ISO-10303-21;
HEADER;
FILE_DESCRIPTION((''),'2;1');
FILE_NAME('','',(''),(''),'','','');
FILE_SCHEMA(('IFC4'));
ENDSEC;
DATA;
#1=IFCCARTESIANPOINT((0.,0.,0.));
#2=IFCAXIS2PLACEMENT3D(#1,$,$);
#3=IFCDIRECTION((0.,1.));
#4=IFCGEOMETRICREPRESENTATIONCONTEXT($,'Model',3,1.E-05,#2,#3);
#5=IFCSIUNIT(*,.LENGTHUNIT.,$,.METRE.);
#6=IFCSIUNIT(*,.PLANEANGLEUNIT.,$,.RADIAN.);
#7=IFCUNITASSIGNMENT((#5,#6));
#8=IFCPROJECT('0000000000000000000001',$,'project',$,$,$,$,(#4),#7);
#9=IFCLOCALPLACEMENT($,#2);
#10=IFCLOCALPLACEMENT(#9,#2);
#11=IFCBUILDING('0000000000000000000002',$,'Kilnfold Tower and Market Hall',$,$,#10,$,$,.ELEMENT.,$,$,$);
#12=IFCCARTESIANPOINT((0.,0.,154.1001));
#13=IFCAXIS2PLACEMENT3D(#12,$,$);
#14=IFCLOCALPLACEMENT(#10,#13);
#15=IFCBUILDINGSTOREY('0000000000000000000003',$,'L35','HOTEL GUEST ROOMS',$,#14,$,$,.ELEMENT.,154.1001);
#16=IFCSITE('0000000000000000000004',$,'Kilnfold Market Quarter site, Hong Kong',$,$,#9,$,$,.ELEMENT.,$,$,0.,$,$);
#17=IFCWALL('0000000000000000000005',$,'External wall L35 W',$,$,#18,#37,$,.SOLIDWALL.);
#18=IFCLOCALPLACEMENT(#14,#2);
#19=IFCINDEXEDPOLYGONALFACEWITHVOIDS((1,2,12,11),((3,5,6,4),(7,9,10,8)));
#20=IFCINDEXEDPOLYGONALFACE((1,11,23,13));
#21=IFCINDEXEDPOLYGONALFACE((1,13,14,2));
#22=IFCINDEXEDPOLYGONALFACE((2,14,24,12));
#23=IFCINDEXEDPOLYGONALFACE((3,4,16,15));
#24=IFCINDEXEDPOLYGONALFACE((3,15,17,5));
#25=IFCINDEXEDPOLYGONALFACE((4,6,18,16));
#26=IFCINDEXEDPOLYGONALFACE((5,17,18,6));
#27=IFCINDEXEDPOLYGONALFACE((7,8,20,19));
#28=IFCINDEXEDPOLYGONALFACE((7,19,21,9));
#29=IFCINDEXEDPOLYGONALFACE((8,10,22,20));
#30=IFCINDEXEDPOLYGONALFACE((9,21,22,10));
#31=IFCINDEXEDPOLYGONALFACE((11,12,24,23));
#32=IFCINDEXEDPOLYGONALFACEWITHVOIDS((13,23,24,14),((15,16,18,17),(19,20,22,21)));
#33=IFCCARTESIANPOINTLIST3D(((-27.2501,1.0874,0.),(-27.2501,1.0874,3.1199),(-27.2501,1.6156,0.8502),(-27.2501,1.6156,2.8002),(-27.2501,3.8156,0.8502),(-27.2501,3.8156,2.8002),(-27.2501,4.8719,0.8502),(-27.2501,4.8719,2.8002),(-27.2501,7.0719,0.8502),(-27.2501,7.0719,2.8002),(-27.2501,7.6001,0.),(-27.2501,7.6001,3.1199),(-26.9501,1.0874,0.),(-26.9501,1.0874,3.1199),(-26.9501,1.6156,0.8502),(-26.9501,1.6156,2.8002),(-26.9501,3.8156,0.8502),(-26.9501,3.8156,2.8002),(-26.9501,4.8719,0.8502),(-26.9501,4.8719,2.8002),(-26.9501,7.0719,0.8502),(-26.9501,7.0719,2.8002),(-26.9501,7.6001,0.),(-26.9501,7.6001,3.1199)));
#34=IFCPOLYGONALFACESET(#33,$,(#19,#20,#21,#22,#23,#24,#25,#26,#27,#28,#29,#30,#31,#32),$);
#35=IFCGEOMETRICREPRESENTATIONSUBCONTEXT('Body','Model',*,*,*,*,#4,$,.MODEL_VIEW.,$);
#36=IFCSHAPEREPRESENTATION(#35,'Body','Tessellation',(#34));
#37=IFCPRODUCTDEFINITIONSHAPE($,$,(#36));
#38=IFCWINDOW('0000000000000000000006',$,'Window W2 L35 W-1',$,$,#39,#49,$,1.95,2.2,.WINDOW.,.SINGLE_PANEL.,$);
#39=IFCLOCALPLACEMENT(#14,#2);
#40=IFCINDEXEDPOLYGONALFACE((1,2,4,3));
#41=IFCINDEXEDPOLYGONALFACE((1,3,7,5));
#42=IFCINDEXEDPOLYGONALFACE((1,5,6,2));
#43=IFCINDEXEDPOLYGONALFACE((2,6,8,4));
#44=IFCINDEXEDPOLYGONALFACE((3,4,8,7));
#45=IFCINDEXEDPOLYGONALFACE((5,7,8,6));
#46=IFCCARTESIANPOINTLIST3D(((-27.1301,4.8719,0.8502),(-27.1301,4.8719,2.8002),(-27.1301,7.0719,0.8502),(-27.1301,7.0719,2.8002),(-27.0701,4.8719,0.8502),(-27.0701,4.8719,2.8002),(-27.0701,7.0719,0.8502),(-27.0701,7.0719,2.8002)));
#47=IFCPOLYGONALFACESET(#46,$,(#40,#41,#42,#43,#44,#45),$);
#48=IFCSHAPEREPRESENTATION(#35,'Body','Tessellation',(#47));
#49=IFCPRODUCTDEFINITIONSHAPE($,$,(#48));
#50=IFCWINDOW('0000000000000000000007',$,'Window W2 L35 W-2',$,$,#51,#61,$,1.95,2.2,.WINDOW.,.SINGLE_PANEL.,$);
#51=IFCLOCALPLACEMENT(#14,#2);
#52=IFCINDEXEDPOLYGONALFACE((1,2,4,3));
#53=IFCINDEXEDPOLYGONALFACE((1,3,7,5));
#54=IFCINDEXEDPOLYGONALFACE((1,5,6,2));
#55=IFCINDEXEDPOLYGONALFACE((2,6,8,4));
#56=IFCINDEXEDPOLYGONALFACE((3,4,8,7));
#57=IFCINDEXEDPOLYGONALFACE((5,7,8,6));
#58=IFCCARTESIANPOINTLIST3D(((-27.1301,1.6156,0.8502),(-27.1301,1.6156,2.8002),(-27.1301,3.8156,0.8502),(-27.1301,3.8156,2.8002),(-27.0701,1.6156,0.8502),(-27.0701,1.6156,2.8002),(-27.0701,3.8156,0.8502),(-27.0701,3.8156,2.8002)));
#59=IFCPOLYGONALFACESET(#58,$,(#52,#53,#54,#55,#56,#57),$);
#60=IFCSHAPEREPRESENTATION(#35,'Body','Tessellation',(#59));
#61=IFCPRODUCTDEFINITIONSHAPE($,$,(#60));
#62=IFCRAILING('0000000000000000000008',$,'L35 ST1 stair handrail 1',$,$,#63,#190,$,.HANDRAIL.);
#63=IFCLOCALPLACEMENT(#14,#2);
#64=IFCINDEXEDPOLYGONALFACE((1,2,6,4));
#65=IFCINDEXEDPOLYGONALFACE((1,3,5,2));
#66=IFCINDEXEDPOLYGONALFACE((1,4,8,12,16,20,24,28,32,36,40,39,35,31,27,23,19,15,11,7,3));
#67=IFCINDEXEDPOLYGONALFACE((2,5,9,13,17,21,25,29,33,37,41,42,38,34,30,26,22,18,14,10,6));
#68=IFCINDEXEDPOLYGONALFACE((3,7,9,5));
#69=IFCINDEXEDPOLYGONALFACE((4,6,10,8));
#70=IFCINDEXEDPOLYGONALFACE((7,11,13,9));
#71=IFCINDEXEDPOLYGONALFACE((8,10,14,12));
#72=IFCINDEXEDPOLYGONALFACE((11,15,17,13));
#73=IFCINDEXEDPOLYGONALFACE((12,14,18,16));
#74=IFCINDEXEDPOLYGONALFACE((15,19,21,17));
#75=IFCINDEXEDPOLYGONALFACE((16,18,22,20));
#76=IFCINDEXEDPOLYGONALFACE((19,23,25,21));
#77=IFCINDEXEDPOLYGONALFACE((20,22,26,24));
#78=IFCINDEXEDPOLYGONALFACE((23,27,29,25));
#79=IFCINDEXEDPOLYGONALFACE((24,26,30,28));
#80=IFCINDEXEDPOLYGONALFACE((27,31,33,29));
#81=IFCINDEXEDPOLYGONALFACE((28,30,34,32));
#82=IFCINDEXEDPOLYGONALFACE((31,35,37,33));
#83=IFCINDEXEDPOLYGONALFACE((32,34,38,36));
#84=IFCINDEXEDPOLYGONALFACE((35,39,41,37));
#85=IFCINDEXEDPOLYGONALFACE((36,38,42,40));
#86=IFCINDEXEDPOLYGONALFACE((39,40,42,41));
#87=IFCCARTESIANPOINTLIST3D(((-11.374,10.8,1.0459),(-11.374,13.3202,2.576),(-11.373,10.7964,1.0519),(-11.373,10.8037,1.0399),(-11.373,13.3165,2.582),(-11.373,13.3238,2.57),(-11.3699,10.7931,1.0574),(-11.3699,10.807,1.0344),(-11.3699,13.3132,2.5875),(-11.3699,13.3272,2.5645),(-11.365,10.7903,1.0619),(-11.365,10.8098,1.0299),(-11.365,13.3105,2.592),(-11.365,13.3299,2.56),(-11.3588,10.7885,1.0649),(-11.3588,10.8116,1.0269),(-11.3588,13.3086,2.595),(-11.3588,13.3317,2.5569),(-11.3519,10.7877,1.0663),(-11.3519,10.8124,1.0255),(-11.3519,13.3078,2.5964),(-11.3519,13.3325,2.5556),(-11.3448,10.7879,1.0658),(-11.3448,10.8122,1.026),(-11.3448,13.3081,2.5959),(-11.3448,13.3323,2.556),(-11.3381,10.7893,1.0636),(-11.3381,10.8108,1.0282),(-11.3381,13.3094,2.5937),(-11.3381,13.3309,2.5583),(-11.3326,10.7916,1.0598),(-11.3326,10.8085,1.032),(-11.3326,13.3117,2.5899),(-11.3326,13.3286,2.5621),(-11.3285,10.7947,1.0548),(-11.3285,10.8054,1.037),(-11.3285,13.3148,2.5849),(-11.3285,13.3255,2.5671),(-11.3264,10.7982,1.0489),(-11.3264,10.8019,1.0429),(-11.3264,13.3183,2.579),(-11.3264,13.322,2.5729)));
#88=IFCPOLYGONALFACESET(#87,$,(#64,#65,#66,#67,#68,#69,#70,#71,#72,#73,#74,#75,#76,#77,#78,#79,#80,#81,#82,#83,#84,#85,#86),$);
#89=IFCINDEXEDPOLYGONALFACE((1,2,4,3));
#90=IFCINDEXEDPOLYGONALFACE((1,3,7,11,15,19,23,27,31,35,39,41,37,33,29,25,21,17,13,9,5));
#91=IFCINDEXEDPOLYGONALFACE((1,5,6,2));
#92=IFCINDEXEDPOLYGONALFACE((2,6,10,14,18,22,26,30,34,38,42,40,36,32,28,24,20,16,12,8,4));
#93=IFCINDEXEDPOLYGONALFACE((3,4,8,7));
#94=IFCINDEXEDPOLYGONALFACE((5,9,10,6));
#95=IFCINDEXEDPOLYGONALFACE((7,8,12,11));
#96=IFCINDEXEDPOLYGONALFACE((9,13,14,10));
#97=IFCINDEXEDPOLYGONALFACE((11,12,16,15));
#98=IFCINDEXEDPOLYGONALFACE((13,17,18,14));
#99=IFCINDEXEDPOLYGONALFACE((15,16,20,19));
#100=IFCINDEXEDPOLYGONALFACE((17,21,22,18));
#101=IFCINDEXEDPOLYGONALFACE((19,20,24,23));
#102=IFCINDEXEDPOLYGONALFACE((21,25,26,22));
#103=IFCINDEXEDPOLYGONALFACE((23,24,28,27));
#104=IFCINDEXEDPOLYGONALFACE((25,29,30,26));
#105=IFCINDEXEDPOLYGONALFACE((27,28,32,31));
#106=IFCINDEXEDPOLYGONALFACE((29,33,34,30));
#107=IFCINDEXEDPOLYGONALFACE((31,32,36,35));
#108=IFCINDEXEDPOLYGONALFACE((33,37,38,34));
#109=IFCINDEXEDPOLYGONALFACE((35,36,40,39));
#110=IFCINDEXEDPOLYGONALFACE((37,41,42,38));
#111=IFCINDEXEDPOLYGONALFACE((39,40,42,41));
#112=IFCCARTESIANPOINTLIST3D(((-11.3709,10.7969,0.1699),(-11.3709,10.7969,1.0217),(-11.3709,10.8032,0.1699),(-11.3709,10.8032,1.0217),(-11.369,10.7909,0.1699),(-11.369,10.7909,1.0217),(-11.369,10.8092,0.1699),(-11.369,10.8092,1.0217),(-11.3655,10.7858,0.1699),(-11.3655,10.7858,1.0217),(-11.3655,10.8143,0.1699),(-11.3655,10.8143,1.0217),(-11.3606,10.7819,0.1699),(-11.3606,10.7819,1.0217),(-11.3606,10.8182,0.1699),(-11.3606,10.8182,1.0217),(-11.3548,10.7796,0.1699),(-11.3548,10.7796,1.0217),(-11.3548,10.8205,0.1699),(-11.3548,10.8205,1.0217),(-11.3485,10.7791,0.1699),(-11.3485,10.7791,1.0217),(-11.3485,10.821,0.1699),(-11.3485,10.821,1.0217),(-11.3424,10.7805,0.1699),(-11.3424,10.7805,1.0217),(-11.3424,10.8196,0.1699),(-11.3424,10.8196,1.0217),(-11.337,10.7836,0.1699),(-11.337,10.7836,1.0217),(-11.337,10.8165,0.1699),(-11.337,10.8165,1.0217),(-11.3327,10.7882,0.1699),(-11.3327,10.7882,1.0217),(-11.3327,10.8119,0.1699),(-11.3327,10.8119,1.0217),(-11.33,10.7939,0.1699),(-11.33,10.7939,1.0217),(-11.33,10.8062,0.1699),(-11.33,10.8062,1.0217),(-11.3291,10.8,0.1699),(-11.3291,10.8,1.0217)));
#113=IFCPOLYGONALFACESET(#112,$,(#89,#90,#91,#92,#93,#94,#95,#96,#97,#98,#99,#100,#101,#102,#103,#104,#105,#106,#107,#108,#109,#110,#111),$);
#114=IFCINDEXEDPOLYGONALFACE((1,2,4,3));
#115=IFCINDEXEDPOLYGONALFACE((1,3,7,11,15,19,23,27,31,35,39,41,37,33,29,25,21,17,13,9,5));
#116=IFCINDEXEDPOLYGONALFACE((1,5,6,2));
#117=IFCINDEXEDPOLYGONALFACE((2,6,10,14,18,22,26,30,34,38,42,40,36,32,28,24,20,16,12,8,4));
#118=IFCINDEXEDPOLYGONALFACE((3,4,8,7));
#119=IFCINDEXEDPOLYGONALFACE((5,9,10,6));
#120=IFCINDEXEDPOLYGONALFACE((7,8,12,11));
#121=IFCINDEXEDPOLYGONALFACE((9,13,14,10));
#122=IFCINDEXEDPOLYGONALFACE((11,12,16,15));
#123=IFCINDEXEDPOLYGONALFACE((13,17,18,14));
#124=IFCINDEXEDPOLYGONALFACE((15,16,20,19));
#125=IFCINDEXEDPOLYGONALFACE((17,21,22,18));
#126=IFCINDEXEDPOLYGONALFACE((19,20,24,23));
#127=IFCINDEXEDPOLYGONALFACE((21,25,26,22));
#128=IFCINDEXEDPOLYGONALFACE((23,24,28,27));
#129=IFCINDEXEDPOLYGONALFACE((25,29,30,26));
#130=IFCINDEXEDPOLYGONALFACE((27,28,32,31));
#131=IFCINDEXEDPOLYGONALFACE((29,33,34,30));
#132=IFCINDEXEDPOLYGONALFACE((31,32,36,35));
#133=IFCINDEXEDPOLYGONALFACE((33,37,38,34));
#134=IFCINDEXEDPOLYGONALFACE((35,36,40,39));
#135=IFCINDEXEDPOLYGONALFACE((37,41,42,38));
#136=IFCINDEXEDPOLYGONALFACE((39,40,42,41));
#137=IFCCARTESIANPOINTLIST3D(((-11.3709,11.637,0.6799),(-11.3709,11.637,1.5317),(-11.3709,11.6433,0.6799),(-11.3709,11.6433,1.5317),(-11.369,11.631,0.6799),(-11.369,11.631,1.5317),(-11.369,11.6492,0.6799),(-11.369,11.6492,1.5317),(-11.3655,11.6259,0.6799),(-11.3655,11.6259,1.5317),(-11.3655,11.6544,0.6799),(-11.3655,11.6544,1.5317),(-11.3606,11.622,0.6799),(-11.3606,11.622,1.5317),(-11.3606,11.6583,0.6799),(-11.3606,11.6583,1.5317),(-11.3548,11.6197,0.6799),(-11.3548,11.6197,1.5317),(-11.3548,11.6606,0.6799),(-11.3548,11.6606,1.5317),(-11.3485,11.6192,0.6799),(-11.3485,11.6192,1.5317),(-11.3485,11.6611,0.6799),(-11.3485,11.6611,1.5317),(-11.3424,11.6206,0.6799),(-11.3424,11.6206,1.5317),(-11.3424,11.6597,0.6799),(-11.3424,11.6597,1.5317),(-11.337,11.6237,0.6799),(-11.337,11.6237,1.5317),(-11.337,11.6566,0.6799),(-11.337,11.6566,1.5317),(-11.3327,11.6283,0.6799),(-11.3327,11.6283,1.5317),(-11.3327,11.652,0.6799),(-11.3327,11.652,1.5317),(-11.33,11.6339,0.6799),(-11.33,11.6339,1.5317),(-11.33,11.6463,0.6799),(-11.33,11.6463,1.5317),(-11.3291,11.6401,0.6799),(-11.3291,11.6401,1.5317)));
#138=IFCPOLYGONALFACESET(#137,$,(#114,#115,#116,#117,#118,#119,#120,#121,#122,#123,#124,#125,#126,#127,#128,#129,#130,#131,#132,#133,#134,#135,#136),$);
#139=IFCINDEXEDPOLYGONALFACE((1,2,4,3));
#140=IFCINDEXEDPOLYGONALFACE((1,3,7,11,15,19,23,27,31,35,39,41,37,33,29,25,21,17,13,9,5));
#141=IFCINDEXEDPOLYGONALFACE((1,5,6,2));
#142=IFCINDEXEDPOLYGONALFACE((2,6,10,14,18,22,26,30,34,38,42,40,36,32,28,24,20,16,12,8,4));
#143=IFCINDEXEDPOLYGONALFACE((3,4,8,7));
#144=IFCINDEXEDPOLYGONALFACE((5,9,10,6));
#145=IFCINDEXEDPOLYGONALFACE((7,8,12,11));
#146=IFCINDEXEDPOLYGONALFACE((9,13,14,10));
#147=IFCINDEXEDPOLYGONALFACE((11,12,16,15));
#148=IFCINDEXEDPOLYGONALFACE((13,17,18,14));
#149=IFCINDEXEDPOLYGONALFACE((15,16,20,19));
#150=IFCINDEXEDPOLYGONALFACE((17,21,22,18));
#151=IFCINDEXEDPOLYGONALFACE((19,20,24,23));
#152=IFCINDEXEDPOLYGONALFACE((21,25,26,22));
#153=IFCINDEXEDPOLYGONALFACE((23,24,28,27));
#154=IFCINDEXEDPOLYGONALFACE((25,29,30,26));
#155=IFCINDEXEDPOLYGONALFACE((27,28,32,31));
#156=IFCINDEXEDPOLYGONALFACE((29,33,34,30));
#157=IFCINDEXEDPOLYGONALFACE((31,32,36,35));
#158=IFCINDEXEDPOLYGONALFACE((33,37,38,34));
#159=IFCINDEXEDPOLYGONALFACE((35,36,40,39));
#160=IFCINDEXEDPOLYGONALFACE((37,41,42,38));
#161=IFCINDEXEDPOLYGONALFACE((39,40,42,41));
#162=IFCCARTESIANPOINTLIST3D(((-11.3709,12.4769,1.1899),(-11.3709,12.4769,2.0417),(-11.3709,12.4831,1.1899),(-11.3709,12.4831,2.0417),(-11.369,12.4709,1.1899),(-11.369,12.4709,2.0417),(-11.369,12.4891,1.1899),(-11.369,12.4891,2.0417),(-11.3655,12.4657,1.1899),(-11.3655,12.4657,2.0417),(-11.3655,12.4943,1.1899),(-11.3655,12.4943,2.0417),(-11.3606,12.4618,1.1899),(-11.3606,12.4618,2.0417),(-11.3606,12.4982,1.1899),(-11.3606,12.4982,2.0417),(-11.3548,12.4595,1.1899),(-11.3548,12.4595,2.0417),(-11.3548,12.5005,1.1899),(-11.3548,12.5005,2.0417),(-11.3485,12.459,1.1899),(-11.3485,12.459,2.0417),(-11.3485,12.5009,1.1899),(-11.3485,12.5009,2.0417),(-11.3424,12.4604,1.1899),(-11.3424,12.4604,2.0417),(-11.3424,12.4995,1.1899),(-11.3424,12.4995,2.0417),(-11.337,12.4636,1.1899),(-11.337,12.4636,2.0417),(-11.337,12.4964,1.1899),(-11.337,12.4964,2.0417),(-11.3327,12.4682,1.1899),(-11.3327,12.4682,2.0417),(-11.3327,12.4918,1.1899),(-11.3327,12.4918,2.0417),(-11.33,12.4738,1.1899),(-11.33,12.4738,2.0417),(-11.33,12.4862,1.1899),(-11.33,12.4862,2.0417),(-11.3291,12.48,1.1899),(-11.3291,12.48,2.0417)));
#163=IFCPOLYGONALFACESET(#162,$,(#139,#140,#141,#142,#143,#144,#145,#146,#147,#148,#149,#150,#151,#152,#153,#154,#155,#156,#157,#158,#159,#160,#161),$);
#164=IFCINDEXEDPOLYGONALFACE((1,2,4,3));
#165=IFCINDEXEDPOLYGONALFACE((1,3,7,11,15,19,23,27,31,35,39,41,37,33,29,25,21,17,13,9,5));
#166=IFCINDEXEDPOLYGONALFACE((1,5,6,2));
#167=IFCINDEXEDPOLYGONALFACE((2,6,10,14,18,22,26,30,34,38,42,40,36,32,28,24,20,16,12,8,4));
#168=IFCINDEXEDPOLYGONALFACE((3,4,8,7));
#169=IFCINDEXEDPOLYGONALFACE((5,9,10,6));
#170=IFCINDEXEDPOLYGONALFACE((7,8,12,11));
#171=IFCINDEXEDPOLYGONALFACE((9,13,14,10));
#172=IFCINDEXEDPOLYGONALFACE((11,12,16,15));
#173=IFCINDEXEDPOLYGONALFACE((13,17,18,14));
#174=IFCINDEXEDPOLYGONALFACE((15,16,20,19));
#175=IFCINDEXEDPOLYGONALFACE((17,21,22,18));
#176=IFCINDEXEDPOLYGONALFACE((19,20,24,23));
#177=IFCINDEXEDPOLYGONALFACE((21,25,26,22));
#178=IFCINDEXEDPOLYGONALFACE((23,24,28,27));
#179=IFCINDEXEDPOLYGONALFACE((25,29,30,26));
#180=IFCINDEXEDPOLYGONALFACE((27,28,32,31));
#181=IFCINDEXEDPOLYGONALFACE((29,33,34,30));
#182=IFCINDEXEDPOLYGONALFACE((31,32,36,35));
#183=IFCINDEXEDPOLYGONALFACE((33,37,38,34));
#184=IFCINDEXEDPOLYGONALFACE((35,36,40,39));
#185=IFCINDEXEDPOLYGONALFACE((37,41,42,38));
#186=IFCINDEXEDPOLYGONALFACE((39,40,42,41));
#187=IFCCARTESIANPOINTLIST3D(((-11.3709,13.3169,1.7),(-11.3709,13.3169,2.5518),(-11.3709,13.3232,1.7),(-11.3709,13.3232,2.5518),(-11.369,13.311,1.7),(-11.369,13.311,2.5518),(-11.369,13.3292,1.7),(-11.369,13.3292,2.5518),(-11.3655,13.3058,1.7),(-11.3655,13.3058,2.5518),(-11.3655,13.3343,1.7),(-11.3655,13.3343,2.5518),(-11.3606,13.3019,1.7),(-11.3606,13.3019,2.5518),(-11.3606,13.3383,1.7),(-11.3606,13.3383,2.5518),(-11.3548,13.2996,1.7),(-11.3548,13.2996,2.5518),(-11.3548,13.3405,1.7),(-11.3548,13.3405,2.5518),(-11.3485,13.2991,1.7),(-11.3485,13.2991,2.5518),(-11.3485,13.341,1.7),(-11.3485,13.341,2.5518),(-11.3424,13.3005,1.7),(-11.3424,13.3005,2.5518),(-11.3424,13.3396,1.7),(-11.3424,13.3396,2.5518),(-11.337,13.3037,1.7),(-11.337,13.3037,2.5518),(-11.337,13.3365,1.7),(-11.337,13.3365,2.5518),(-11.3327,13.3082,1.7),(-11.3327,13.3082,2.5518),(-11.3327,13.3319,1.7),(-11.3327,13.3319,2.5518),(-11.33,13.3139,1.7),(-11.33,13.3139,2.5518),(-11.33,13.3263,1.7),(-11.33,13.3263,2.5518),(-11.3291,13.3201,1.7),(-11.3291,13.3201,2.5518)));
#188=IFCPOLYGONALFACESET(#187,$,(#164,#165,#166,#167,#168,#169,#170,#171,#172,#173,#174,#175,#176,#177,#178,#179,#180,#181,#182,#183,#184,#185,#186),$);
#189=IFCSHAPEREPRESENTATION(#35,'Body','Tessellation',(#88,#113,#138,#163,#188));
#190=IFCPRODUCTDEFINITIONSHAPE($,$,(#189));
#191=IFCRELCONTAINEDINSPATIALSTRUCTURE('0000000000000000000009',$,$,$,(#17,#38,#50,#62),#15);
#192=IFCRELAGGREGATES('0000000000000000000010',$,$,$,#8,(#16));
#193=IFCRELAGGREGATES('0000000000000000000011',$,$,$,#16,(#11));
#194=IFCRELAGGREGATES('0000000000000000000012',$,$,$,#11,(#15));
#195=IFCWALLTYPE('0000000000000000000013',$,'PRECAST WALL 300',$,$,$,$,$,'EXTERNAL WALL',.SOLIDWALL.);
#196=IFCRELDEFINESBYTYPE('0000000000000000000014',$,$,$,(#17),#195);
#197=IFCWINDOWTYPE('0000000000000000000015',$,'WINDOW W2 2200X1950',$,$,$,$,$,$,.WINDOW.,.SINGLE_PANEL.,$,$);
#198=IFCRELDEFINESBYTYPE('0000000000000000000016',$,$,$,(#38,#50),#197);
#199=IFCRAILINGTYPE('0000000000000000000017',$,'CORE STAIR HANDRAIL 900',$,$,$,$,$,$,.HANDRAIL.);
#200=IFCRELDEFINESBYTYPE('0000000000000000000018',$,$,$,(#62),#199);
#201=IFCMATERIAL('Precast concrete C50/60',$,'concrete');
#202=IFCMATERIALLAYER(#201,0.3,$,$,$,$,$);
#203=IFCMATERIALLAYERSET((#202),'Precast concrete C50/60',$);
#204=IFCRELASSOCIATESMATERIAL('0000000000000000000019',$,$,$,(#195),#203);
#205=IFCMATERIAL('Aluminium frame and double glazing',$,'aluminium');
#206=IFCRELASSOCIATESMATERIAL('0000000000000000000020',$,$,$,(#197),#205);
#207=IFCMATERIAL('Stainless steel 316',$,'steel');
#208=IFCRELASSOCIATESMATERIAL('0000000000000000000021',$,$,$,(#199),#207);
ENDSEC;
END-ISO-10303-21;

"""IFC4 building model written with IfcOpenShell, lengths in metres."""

from ifc_helpers import new_model, si_unit, direction, frame, frame_2d, origin, origin_2d, place, context, subcontext, project, spatial, rectangle, circle, extrude, source, transform, mapped, material, layer, layer_set, type_object, element, fill, save


model = new_model("IFC4")

# Units and contexts
model_context = context("Model", 3, precision=1e-05, world=origin(), true_north=direction((0.0, 1.0)))
body_context = subcontext(model_context, "Body", "Model", "MODEL_VIEW")
ifc_project = project(units=[si_unit("LENGTHUNIT", "METRE"), si_unit("PLANEANGLEUNIT", "RADIAN")], contexts=[model_context])

# Site, building, storey
site_placement = place(None, origin())
site = spatial("IfcSite", under=ifc_project, at=site_placement, Name="Kilnfold Market Quarter site, Hong Kong", CompositionType="ELEMENT", RefElevation=0.0)
building_placement = place(site_placement, origin())
building = spatial("IfcBuilding", under=site, at=building_placement, Name="Kilnfold Tower and Market Hall", CompositionType="ELEMENT")
storey_placement = place(building_placement, frame((0.0, 0.0, 154.1001)))
storey = spatial("IfcBuildingStorey", under=building, at=storey_placement, Name="L35", Description="HOTEL GUEST ROOMS", CompositionType="ELEMENT", Elevation=154.1001)

# Wall, openings, windows
ifc_material_1 = material(Name="Precast concrete C50/60", Category="concrete")
ifc_layer_1 = layer(ifc_material_1, 0.3)
ifc_layer_set_1 = layer_set([ifc_layer_1], Name="Precast concrete C50/60")
wall_type_1 = type_object("IfcWallType", Name="PRECAST WALL 300", ElementType="EXTERNAL WALL", PredefinedType="SOLIDWALL", material=ifc_layer_set_1)
shared_shape_1 = source(origin(), body_context, "Body", "SweptSolid", [
    extrude(rectangle(XDim=6.5127, YDim=0.3, at=frame_2d((3.2563, 0.0))), origin(), (0.0, 0.0, 1.0), 3.1199),
])
wall_1_placement = place(storey_placement, frame((-27.1001, 7.6001, 0.0), z_axis=(0.0, 0.0, 1.0), x_axis=(0.0, -1.0, 0.0)))
wall_1 = element("IfcWall", 1, at=wall_1_placement, inside=storey, type_object=wall_type_1, Name="External wall L35 W", PredefinedType="SOLIDWALL", context=body_context, shape_type="MappedRepresentation", body=[
    mapped(shared_shape_1, transform((0.0, 0.0, 0.0))),
])
opening_1_placement = place(wall_1_placement, frame((0.5281, 0.0, 0.8501)))
opening_1 = element("IfcOpeningElement", 2, at=opening_1_placement, cuts=wall_1, PredefinedType="OPENING", context=body_context, shape_type="SweptSolid", body=[
    extrude(rectangle(XDim=2.2, YDim=1.95, at=frame_2d((1.1001, 0.9751))), frame((0.0, 0.1602, 0.0), z_axis=(0.0, -1.0, 0.0), x_axis=(1.0, 0.0, 0.0)), (0.0, 0.0, 1.0), 0.3201),
])
opening_2_placement = place(wall_1_placement, frame((3.7844, 0.0, 0.8501)))
opening_2 = element("IfcOpeningElement", 3, at=opening_2_placement, cuts=wall_1, PredefinedType="OPENING", context=body_context, shape_type="SweptSolid", body=[
    extrude(rectangle(XDim=2.2, YDim=1.95, at=frame_2d((1.1001, 0.9751))), frame((0.0, 0.1602, 0.0), z_axis=(0.0, -1.0, 0.0), x_axis=(1.0, 0.0, 0.0)), (0.0, 0.0, 1.0), 0.3201),
])
ifc_material_2 = material(Name="Aluminium frame and double glazing", Category="aluminium")
window_type = type_object("IfcWindowType", Name="WINDOW W2 2200X1950", PartitioningType="SINGLE_PANEL", PredefinedType="WINDOW", material=ifc_material_2)
window_1_placement = place(opening_1_placement, origin())
window_1 = element("IfcWindow", 4, at=window_1_placement, inside=storey, type_object=window_type, Name="Window W2 L35 W-1", OverallHeight=1.95, OverallWidth=2.2, PartitioningType="SINGLE_PANEL", PredefinedType="WINDOW", context=body_context, shape_type="SweptSolid", body=[
    extrude(rectangle(XDim=2.2, YDim=1.95, at=frame_2d((1.1001, 0.9751))), frame((0.0, 0.03, 0.0), z_axis=(0.0, -1.0, 0.0), x_axis=(1.0, 0.0, 0.0)), (0.0, 0.0, 1.0), 0.0601),
])
fill(opening_1, window_1)
window_2_placement = place(opening_2_placement, origin())
window_2 = element("IfcWindow", 5, at=window_2_placement, inside=storey, type_object=window_type, Name="Window W2 L35 W-2", OverallHeight=1.95, OverallWidth=2.2, PartitioningType="SINGLE_PANEL", PredefinedType="WINDOW", context=body_context, shape_type="SweptSolid", body=[
    extrude(rectangle(XDim=2.2, YDim=1.95, at=frame_2d((1.1001, 0.9751))), frame((0.0, 0.03, 0.0), z_axis=(0.0, -1.0, 0.0), x_axis=(1.0, 0.0, 0.0)), (0.0, 0.0, 1.0), 0.0601),
])
fill(opening_2, window_2)

# Railing
ifc_material_3 = material(Name="Stainless steel 316", Category="steel")
railing_type_1 = type_object("IfcRailingType", Name="CORE STAIR HANDRAIL 900", PredefinedType="HANDRAIL", material=ifc_material_3)
railing_1_placement = place(storey_placement, frame((-11.3501, 10.8, 0.1699)))
element("IfcRailing", 6, at=railing_1_placement, inside=storey, type_object=railing_type_1, Name="L35 ST1 stair handrail 1", PredefinedType="HANDRAIL", context=body_context, shape_type="SweptSolid", body=[
    extrude(circle(Radius=0.0239, at=origin_2d()), frame((0.0, 0.0, 0.876), z_axis=(0.0, 0.854785, 0.518982), x_axis=(-1.0, 0.0, 0.0)), (0.0, 0.0, 1.0), 2.9482),
    extrude(circle(Radius=0.021, at=origin_2d()), origin(), (0.0, 0.0, 1.0), 0.8518),
    extrude(circle(Radius=0.021, at=origin_2d()), frame((0.0, 0.8401, 0.51)), (0.0, 0.0, 1.0), 0.8518),
    extrude(circle(Radius=0.021, at=origin_2d()), frame((0.0, 1.6799, 1.02)), (0.0, 0.0, 1.0), 0.8518),
    extrude(circle(Radius=0.021, at=origin_2d()), frame((0.0, 2.52, 1.53)), (0.0, 0.0, 1.0), 0.8518),
])

save(model, "model.ifc")
